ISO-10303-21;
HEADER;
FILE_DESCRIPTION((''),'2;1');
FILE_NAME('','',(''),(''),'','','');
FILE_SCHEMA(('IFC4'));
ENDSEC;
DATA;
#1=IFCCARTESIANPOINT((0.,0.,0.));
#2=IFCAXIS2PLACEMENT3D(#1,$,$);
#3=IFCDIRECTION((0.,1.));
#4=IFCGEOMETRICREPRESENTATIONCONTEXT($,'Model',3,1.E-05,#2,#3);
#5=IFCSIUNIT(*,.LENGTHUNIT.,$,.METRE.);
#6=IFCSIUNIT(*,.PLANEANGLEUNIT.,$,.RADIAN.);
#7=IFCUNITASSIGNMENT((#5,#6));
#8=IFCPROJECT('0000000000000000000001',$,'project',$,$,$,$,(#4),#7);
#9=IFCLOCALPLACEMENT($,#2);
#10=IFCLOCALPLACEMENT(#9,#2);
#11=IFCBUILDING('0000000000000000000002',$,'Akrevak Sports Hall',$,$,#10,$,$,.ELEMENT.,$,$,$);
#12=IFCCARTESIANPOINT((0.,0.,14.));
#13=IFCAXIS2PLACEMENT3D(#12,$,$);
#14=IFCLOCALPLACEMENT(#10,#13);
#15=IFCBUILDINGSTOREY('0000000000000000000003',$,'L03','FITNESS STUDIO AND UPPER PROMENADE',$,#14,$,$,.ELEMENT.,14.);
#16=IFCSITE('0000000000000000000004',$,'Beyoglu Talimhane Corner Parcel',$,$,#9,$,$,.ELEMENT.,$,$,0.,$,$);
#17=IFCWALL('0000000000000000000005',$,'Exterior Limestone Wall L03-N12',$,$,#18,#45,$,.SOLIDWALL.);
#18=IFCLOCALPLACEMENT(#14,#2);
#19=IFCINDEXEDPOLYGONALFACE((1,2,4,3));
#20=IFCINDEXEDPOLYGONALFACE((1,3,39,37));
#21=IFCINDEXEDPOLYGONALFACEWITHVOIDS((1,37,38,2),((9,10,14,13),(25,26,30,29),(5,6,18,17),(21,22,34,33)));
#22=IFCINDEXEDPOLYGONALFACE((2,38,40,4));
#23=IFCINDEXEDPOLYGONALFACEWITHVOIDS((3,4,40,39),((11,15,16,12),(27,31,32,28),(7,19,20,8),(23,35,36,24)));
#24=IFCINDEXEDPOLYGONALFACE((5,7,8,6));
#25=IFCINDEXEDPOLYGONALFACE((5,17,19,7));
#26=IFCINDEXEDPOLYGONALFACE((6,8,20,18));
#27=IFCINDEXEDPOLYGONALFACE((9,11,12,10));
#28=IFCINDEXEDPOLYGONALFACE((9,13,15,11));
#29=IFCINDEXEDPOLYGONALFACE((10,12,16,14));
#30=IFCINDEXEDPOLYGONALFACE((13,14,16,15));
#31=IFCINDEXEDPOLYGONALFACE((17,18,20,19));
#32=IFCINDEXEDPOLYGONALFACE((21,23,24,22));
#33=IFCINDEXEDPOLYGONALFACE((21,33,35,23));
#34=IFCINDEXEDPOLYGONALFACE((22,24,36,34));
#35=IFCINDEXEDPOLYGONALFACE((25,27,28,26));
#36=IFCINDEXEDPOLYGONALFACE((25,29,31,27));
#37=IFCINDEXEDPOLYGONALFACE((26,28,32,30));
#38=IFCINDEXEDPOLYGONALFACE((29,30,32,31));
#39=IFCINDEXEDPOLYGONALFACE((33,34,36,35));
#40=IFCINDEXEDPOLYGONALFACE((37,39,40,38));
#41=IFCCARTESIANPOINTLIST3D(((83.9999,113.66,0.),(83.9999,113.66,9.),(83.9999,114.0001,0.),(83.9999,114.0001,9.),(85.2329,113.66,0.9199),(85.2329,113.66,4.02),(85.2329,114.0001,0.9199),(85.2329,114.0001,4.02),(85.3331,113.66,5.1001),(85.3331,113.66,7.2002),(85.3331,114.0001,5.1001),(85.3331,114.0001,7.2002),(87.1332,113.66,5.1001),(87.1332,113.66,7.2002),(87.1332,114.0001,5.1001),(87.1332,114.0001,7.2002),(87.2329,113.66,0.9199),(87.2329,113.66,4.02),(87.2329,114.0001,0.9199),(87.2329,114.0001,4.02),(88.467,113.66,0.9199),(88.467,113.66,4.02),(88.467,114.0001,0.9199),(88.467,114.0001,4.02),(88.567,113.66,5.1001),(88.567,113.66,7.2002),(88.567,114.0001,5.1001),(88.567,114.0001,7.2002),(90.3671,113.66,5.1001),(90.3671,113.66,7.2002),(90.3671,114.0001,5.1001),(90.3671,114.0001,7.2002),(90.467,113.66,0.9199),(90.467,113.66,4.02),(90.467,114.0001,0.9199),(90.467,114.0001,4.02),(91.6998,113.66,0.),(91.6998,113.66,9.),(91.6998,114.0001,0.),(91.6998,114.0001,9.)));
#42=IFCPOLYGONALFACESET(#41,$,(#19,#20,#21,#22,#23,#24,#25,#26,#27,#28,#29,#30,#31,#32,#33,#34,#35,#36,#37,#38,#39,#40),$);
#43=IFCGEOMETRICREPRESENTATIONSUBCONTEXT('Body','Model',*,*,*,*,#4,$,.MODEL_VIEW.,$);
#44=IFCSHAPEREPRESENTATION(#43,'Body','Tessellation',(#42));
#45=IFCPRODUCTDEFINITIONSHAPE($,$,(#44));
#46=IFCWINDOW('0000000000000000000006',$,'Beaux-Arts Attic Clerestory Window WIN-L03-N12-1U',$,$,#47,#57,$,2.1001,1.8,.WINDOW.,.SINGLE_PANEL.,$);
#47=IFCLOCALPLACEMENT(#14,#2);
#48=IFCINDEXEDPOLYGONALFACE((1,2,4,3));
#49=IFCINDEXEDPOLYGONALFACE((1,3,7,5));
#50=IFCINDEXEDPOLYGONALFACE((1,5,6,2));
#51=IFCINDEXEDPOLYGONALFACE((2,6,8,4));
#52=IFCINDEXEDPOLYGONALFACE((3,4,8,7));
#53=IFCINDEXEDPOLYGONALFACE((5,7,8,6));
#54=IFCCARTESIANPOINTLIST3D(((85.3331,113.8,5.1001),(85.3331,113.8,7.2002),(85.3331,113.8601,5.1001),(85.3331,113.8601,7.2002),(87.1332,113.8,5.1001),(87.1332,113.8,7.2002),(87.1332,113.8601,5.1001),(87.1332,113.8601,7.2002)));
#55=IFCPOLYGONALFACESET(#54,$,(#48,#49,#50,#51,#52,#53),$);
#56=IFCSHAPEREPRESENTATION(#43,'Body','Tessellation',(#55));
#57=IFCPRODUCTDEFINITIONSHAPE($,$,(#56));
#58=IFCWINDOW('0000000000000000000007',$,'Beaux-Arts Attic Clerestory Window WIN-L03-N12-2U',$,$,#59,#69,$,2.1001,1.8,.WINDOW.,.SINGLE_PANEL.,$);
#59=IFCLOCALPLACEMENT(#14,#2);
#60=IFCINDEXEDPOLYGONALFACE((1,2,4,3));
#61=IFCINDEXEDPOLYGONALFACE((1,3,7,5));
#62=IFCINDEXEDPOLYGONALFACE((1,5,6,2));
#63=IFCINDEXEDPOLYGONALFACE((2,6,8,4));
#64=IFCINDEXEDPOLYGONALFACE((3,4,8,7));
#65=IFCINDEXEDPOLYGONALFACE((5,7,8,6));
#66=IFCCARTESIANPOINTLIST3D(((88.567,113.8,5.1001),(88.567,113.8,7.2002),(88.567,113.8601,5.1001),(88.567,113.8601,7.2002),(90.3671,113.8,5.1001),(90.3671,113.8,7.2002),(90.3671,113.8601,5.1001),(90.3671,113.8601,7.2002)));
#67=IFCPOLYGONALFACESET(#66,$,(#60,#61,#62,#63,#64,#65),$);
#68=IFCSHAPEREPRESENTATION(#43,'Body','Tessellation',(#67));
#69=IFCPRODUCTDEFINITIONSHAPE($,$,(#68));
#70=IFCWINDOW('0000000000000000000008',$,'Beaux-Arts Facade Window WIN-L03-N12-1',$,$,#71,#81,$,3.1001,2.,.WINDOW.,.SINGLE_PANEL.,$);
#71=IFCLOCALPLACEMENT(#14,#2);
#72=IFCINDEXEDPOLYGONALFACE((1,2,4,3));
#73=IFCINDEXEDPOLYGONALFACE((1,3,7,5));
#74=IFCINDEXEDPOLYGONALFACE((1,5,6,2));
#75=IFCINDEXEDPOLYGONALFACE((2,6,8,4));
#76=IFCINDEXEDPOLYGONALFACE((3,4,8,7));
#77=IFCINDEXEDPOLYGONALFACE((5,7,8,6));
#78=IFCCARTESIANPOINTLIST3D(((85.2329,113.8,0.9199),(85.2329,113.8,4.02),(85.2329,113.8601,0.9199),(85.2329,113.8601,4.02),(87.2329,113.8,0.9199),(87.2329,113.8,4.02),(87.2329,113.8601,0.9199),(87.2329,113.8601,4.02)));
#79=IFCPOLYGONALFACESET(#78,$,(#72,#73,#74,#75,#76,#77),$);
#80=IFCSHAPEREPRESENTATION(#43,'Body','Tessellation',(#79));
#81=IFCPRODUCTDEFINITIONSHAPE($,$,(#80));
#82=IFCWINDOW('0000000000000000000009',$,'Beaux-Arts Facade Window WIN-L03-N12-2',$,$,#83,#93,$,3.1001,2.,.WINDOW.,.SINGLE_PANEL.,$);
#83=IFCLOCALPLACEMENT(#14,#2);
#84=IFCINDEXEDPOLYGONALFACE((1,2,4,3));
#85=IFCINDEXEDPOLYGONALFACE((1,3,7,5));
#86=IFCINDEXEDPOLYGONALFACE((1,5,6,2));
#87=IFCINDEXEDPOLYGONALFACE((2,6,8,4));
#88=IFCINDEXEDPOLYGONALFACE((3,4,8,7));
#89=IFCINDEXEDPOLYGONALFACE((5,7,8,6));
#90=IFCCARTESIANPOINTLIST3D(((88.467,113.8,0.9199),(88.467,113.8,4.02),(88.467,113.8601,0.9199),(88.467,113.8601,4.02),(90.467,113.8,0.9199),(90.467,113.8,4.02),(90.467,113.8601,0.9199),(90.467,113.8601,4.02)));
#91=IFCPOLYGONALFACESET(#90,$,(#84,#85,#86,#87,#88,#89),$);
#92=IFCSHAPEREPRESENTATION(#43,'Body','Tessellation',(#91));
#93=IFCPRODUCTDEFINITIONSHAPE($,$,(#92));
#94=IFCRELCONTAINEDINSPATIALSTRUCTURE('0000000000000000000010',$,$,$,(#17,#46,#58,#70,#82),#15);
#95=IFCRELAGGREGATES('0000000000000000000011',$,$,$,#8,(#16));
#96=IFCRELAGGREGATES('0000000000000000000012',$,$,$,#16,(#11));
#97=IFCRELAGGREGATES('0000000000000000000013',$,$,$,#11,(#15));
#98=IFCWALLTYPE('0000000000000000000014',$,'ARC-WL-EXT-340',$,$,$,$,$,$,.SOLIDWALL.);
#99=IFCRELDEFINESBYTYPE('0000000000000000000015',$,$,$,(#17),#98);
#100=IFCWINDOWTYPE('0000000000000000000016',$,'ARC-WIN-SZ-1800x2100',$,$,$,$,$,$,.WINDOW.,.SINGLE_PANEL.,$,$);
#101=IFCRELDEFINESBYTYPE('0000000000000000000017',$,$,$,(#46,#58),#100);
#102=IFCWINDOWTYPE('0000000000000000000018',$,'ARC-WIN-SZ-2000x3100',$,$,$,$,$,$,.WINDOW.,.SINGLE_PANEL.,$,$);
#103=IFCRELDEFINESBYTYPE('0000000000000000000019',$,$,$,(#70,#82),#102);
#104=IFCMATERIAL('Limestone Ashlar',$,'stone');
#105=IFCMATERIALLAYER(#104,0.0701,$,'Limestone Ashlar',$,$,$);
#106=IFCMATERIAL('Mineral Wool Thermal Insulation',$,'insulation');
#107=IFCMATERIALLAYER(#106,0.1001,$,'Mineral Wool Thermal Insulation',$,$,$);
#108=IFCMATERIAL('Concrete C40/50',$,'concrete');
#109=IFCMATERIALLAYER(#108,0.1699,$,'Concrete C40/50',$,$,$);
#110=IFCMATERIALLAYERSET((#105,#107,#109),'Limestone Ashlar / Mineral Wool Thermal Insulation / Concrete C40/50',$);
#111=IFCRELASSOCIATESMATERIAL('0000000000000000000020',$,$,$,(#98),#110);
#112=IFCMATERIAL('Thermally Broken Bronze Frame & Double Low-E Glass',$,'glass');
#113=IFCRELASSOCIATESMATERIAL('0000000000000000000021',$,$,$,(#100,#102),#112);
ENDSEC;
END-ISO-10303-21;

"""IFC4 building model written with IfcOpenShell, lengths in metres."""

from ifc_helpers import new_model, si_unit, direction, frame, frame_2d, origin, place, context, subcontext, project, spatial, rectangle, extrude, material, layer, layer_set, type_object, element, fill, save


model = new_model("IFC4")

# Units and contexts
model_context = context("Model", 3, precision=1e-05, world=origin(), true_north=direction((0.0, 1.0)))
body_context = subcontext(model_context, "Body", "Model", "MODEL_VIEW")
ifc_project = project(units=[si_unit("LENGTHUNIT", "METRE"), si_unit("PLANEANGLEUNIT", "RADIAN")], contexts=[model_context])

# Site, building, storey
site_placement = place(None, origin())
site = spatial("IfcSite", under=ifc_project, at=site_placement, Name="Beyoglu Talimhane Corner Parcel", CompositionType="ELEMENT", RefElevation=0.0)
building_placement = place(site_placement, origin())
building = spatial("IfcBuilding", under=site, at=building_placement, Name="Akrevak Sports Hall", CompositionType="ELEMENT")
storey_placement = place(building_placement, frame((0.0, 0.0, 14.0)))
storey = spatial("IfcBuildingStorey", under=building, at=storey_placement, Name="L03", Description="FITNESS STUDIO AND UPPER PROMENADE", CompositionType="ELEMENT", Elevation=14.0)

# Shared definitions
ifc_material_1 = material(Name="Concrete C40/50", Category="concrete")

# Wall, openings, windows
ifc_material_2 = material(Name="Limestone Ashlar", Category="stone")
ifc_layer_1 = layer(ifc_material_2, 0.0701, Name="Limestone Ashlar")
ifc_material_3 = material(Name="Mineral Wool Thermal Insulation", Category="insulation")
ifc_layer_2 = layer(ifc_material_3, 0.1001, Name="Mineral Wool Thermal Insulation")
ifc_layer_3 = layer(ifc_material_1, 0.1699, Name="Concrete C40/50")
ifc_layer_set_1 = layer_set([ifc_layer_1, ifc_layer_2, ifc_layer_3], Name="Limestone Ashlar / Mineral Wool Thermal Insulation / Concrete C40/50")
wall_type = type_object("IfcWallType", Name="ARC-WL-EXT-340", PredefinedType="SOLIDWALL", material=ifc_layer_set_1)
ifc_material_4 = material(Name="Thermally Broken Bronze Frame & Double Low-E Glass", Category="glass")
window_type_1 = type_object("IfcWindowType", Name="ARC-WIN-SZ-1800x2100", PartitioningType="SINGLE_PANEL", PredefinedType="WINDOW", material=ifc_material_4)
window_type_2 = type_object("IfcWindowType", Name="ARC-WIN-SZ-2000x3100", PartitioningType="SINGLE_PANEL", PredefinedType="WINDOW", material=ifc_material_4)
wall_1_placement = place(storey_placement, frame((91.7, 113.8301, 0.0), z_axis=(0.0, 0.0, 1.0), x_axis=(-1.0, 0.0, 0.0)))
wall_1 = element("IfcWall", 1, at=wall_1_placement, inside=storey, type_object=wall_type, Name="Exterior Limestone Wall L03-N12", PredefinedType="SOLIDWALL", context=body_context, shape_type="SweptSolid", body=[
    extrude(rectangle(XDim=7.7, YDim=0.3401, at=frame_2d((3.8501, 0.0))), origin(), (0.0, 0.0, 1.0), 9.0),
])
opening_1_placement = place(wall_1_placement, frame((4.467, 0.0, 0.9199)))
opening_1 = element("IfcOpeningElement", 2, at=opening_1_placement, cuts=wall_1, PredefinedType="OPENING", context=body_context, shape_type="SweptSolid", body=[
    extrude(rectangle(XDim=2.0, YDim=3.1001, at=frame_2d((1.0, 1.55))), frame((0.0, 0.1821, 0.0), z_axis=(0.0, -1.0, 0.0), x_axis=(1.0, 0.0, 0.0)), (0.0, 0.0, 1.0), 0.364),
])
opening_2_placement = place(wall_1_placement, frame((4.5669, 0.0, 5.1001)))
opening_2 = element("IfcOpeningElement", 3, at=opening_2_placement, cuts=wall_1, PredefinedType="OPENING", context=body_context, shape_type="SweptSolid", body=[
    extrude(rectangle(XDim=1.8, YDim=2.1001, at=frame_2d((0.8999, 1.05))), frame((0.0, 0.1821, 0.0), z_axis=(0.0, -1.0, 0.0), x_axis=(1.0, 0.0, 0.0)), (0.0, 0.0, 1.0), 0.364),
])
opening_3_placement = place(wall_1_placement, frame((1.2329, 0.0, 0.9199)))
opening_3 = element("IfcOpeningElement", 4, at=opening_3_placement, cuts=wall_1, PredefinedType="OPENING", context=body_context, shape_type="SweptSolid", body=[
    extrude(rectangle(XDim=2.0, YDim=3.1001, at=frame_2d((1.0, 1.55))), frame((0.0, 0.1821, 0.0), z_axis=(0.0, -1.0, 0.0), x_axis=(1.0, 0.0, 0.0)), (0.0, 0.0, 1.0), 0.364),
])
opening_4_placement = place(wall_1_placement, frame((1.333, 0.0, 5.1001)))
opening_4 = element("IfcOpeningElement", 5, at=opening_4_placement, cuts=wall_1, PredefinedType="OPENING", context=body_context, shape_type="SweptSolid", body=[
    extrude(rectangle(XDim=1.8, YDim=2.1001, at=frame_2d((0.8999, 1.05))), frame((0.0, 0.1821, 0.0), z_axis=(0.0, -1.0, 0.0), x_axis=(1.0, 0.0, 0.0)), (0.0, 0.0, 1.0), 0.364),
])
window_1_placement = place(opening_2_placement, origin())
window_1 = element("IfcWindow", 6, at=window_1_placement, inside=storey, type_object=window_type_1, Name="Beaux-Arts Attic Clerestory Window WIN-L03-N12-1U", OverallHeight=2.1001, OverallWidth=1.8, PartitioningType="SINGLE_PANEL", PredefinedType="WINDOW", context=body_context, shape_type="SweptSolid", body=[
    extrude(rectangle(XDim=1.8, YDim=2.1001, at=frame_2d((0.8999, 1.05))), frame((0.0, 0.03, 0.0), z_axis=(0.0, -1.0, 0.0), x_axis=(1.0, 0.0, 0.0)), (0.0, 0.0, 1.0), 0.0601),
])
fill(opening_2, window_1)
window_2_placement = place(opening_4_placement, origin())
window_2 = element("IfcWindow", 7, at=window_2_placement, inside=storey, type_object=window_type_1, Name="Beaux-Arts Attic Clerestory Window WIN-L03-N12-2U", OverallHeight=2.1001, OverallWidth=1.8, PartitioningType="SINGLE_PANEL", PredefinedType="WINDOW", context=body_context, shape_type="SweptSolid", body=[
    extrude(rectangle(XDim=1.8, YDim=2.1001, at=frame_2d((0.8999, 1.05))), frame((0.0, 0.03, 0.0), z_axis=(0.0, -1.0, 0.0), x_axis=(1.0, 0.0, 0.0)), (0.0, 0.0, 1.0), 0.0601),
])
fill(opening_4, window_2)
window_3_placement = place(opening_1_placement, origin())
window_3 = element("IfcWindow", 8, at=window_3_placement, inside=storey, type_object=window_type_2, Name="Beaux-Arts Facade Window WIN-L03-N12-1", OverallHeight=3.1001, OverallWidth=2.0, PartitioningType="SINGLE_PANEL", PredefinedType="WINDOW", context=body_context, shape_type="SweptSolid", body=[
    extrude(rectangle(XDim=2.0, YDim=3.1001, at=frame_2d((1.0, 1.55))), frame((0.0, 0.03, 0.0), z_axis=(0.0, -1.0, 0.0), x_axis=(1.0, 0.0, 0.0)), (0.0, 0.0, 1.0), 0.0601),
])
fill(opening_1, window_3)
window_4_placement = place(opening_3_placement, origin())
window_4 = element("IfcWindow", 9, at=window_4_placement, inside=storey, type_object=window_type_2, Name="Beaux-Arts Facade Window WIN-L03-N12-2", OverallHeight=3.1001, OverallWidth=2.0, PartitioningType="SINGLE_PANEL", PredefinedType="WINDOW", context=body_context, shape_type="SweptSolid", body=[
    extrude(rectangle(XDim=2.0, YDim=3.1001, at=frame_2d((1.0, 1.55))), frame((0.0, 0.03, 0.0), z_axis=(0.0, -1.0, 0.0), x_axis=(1.0, 0.0, 0.0)), (0.0, 0.0, 1.0), 0.0601),
])
fill(opening_3, window_4)

save(model, "model.ifc")
